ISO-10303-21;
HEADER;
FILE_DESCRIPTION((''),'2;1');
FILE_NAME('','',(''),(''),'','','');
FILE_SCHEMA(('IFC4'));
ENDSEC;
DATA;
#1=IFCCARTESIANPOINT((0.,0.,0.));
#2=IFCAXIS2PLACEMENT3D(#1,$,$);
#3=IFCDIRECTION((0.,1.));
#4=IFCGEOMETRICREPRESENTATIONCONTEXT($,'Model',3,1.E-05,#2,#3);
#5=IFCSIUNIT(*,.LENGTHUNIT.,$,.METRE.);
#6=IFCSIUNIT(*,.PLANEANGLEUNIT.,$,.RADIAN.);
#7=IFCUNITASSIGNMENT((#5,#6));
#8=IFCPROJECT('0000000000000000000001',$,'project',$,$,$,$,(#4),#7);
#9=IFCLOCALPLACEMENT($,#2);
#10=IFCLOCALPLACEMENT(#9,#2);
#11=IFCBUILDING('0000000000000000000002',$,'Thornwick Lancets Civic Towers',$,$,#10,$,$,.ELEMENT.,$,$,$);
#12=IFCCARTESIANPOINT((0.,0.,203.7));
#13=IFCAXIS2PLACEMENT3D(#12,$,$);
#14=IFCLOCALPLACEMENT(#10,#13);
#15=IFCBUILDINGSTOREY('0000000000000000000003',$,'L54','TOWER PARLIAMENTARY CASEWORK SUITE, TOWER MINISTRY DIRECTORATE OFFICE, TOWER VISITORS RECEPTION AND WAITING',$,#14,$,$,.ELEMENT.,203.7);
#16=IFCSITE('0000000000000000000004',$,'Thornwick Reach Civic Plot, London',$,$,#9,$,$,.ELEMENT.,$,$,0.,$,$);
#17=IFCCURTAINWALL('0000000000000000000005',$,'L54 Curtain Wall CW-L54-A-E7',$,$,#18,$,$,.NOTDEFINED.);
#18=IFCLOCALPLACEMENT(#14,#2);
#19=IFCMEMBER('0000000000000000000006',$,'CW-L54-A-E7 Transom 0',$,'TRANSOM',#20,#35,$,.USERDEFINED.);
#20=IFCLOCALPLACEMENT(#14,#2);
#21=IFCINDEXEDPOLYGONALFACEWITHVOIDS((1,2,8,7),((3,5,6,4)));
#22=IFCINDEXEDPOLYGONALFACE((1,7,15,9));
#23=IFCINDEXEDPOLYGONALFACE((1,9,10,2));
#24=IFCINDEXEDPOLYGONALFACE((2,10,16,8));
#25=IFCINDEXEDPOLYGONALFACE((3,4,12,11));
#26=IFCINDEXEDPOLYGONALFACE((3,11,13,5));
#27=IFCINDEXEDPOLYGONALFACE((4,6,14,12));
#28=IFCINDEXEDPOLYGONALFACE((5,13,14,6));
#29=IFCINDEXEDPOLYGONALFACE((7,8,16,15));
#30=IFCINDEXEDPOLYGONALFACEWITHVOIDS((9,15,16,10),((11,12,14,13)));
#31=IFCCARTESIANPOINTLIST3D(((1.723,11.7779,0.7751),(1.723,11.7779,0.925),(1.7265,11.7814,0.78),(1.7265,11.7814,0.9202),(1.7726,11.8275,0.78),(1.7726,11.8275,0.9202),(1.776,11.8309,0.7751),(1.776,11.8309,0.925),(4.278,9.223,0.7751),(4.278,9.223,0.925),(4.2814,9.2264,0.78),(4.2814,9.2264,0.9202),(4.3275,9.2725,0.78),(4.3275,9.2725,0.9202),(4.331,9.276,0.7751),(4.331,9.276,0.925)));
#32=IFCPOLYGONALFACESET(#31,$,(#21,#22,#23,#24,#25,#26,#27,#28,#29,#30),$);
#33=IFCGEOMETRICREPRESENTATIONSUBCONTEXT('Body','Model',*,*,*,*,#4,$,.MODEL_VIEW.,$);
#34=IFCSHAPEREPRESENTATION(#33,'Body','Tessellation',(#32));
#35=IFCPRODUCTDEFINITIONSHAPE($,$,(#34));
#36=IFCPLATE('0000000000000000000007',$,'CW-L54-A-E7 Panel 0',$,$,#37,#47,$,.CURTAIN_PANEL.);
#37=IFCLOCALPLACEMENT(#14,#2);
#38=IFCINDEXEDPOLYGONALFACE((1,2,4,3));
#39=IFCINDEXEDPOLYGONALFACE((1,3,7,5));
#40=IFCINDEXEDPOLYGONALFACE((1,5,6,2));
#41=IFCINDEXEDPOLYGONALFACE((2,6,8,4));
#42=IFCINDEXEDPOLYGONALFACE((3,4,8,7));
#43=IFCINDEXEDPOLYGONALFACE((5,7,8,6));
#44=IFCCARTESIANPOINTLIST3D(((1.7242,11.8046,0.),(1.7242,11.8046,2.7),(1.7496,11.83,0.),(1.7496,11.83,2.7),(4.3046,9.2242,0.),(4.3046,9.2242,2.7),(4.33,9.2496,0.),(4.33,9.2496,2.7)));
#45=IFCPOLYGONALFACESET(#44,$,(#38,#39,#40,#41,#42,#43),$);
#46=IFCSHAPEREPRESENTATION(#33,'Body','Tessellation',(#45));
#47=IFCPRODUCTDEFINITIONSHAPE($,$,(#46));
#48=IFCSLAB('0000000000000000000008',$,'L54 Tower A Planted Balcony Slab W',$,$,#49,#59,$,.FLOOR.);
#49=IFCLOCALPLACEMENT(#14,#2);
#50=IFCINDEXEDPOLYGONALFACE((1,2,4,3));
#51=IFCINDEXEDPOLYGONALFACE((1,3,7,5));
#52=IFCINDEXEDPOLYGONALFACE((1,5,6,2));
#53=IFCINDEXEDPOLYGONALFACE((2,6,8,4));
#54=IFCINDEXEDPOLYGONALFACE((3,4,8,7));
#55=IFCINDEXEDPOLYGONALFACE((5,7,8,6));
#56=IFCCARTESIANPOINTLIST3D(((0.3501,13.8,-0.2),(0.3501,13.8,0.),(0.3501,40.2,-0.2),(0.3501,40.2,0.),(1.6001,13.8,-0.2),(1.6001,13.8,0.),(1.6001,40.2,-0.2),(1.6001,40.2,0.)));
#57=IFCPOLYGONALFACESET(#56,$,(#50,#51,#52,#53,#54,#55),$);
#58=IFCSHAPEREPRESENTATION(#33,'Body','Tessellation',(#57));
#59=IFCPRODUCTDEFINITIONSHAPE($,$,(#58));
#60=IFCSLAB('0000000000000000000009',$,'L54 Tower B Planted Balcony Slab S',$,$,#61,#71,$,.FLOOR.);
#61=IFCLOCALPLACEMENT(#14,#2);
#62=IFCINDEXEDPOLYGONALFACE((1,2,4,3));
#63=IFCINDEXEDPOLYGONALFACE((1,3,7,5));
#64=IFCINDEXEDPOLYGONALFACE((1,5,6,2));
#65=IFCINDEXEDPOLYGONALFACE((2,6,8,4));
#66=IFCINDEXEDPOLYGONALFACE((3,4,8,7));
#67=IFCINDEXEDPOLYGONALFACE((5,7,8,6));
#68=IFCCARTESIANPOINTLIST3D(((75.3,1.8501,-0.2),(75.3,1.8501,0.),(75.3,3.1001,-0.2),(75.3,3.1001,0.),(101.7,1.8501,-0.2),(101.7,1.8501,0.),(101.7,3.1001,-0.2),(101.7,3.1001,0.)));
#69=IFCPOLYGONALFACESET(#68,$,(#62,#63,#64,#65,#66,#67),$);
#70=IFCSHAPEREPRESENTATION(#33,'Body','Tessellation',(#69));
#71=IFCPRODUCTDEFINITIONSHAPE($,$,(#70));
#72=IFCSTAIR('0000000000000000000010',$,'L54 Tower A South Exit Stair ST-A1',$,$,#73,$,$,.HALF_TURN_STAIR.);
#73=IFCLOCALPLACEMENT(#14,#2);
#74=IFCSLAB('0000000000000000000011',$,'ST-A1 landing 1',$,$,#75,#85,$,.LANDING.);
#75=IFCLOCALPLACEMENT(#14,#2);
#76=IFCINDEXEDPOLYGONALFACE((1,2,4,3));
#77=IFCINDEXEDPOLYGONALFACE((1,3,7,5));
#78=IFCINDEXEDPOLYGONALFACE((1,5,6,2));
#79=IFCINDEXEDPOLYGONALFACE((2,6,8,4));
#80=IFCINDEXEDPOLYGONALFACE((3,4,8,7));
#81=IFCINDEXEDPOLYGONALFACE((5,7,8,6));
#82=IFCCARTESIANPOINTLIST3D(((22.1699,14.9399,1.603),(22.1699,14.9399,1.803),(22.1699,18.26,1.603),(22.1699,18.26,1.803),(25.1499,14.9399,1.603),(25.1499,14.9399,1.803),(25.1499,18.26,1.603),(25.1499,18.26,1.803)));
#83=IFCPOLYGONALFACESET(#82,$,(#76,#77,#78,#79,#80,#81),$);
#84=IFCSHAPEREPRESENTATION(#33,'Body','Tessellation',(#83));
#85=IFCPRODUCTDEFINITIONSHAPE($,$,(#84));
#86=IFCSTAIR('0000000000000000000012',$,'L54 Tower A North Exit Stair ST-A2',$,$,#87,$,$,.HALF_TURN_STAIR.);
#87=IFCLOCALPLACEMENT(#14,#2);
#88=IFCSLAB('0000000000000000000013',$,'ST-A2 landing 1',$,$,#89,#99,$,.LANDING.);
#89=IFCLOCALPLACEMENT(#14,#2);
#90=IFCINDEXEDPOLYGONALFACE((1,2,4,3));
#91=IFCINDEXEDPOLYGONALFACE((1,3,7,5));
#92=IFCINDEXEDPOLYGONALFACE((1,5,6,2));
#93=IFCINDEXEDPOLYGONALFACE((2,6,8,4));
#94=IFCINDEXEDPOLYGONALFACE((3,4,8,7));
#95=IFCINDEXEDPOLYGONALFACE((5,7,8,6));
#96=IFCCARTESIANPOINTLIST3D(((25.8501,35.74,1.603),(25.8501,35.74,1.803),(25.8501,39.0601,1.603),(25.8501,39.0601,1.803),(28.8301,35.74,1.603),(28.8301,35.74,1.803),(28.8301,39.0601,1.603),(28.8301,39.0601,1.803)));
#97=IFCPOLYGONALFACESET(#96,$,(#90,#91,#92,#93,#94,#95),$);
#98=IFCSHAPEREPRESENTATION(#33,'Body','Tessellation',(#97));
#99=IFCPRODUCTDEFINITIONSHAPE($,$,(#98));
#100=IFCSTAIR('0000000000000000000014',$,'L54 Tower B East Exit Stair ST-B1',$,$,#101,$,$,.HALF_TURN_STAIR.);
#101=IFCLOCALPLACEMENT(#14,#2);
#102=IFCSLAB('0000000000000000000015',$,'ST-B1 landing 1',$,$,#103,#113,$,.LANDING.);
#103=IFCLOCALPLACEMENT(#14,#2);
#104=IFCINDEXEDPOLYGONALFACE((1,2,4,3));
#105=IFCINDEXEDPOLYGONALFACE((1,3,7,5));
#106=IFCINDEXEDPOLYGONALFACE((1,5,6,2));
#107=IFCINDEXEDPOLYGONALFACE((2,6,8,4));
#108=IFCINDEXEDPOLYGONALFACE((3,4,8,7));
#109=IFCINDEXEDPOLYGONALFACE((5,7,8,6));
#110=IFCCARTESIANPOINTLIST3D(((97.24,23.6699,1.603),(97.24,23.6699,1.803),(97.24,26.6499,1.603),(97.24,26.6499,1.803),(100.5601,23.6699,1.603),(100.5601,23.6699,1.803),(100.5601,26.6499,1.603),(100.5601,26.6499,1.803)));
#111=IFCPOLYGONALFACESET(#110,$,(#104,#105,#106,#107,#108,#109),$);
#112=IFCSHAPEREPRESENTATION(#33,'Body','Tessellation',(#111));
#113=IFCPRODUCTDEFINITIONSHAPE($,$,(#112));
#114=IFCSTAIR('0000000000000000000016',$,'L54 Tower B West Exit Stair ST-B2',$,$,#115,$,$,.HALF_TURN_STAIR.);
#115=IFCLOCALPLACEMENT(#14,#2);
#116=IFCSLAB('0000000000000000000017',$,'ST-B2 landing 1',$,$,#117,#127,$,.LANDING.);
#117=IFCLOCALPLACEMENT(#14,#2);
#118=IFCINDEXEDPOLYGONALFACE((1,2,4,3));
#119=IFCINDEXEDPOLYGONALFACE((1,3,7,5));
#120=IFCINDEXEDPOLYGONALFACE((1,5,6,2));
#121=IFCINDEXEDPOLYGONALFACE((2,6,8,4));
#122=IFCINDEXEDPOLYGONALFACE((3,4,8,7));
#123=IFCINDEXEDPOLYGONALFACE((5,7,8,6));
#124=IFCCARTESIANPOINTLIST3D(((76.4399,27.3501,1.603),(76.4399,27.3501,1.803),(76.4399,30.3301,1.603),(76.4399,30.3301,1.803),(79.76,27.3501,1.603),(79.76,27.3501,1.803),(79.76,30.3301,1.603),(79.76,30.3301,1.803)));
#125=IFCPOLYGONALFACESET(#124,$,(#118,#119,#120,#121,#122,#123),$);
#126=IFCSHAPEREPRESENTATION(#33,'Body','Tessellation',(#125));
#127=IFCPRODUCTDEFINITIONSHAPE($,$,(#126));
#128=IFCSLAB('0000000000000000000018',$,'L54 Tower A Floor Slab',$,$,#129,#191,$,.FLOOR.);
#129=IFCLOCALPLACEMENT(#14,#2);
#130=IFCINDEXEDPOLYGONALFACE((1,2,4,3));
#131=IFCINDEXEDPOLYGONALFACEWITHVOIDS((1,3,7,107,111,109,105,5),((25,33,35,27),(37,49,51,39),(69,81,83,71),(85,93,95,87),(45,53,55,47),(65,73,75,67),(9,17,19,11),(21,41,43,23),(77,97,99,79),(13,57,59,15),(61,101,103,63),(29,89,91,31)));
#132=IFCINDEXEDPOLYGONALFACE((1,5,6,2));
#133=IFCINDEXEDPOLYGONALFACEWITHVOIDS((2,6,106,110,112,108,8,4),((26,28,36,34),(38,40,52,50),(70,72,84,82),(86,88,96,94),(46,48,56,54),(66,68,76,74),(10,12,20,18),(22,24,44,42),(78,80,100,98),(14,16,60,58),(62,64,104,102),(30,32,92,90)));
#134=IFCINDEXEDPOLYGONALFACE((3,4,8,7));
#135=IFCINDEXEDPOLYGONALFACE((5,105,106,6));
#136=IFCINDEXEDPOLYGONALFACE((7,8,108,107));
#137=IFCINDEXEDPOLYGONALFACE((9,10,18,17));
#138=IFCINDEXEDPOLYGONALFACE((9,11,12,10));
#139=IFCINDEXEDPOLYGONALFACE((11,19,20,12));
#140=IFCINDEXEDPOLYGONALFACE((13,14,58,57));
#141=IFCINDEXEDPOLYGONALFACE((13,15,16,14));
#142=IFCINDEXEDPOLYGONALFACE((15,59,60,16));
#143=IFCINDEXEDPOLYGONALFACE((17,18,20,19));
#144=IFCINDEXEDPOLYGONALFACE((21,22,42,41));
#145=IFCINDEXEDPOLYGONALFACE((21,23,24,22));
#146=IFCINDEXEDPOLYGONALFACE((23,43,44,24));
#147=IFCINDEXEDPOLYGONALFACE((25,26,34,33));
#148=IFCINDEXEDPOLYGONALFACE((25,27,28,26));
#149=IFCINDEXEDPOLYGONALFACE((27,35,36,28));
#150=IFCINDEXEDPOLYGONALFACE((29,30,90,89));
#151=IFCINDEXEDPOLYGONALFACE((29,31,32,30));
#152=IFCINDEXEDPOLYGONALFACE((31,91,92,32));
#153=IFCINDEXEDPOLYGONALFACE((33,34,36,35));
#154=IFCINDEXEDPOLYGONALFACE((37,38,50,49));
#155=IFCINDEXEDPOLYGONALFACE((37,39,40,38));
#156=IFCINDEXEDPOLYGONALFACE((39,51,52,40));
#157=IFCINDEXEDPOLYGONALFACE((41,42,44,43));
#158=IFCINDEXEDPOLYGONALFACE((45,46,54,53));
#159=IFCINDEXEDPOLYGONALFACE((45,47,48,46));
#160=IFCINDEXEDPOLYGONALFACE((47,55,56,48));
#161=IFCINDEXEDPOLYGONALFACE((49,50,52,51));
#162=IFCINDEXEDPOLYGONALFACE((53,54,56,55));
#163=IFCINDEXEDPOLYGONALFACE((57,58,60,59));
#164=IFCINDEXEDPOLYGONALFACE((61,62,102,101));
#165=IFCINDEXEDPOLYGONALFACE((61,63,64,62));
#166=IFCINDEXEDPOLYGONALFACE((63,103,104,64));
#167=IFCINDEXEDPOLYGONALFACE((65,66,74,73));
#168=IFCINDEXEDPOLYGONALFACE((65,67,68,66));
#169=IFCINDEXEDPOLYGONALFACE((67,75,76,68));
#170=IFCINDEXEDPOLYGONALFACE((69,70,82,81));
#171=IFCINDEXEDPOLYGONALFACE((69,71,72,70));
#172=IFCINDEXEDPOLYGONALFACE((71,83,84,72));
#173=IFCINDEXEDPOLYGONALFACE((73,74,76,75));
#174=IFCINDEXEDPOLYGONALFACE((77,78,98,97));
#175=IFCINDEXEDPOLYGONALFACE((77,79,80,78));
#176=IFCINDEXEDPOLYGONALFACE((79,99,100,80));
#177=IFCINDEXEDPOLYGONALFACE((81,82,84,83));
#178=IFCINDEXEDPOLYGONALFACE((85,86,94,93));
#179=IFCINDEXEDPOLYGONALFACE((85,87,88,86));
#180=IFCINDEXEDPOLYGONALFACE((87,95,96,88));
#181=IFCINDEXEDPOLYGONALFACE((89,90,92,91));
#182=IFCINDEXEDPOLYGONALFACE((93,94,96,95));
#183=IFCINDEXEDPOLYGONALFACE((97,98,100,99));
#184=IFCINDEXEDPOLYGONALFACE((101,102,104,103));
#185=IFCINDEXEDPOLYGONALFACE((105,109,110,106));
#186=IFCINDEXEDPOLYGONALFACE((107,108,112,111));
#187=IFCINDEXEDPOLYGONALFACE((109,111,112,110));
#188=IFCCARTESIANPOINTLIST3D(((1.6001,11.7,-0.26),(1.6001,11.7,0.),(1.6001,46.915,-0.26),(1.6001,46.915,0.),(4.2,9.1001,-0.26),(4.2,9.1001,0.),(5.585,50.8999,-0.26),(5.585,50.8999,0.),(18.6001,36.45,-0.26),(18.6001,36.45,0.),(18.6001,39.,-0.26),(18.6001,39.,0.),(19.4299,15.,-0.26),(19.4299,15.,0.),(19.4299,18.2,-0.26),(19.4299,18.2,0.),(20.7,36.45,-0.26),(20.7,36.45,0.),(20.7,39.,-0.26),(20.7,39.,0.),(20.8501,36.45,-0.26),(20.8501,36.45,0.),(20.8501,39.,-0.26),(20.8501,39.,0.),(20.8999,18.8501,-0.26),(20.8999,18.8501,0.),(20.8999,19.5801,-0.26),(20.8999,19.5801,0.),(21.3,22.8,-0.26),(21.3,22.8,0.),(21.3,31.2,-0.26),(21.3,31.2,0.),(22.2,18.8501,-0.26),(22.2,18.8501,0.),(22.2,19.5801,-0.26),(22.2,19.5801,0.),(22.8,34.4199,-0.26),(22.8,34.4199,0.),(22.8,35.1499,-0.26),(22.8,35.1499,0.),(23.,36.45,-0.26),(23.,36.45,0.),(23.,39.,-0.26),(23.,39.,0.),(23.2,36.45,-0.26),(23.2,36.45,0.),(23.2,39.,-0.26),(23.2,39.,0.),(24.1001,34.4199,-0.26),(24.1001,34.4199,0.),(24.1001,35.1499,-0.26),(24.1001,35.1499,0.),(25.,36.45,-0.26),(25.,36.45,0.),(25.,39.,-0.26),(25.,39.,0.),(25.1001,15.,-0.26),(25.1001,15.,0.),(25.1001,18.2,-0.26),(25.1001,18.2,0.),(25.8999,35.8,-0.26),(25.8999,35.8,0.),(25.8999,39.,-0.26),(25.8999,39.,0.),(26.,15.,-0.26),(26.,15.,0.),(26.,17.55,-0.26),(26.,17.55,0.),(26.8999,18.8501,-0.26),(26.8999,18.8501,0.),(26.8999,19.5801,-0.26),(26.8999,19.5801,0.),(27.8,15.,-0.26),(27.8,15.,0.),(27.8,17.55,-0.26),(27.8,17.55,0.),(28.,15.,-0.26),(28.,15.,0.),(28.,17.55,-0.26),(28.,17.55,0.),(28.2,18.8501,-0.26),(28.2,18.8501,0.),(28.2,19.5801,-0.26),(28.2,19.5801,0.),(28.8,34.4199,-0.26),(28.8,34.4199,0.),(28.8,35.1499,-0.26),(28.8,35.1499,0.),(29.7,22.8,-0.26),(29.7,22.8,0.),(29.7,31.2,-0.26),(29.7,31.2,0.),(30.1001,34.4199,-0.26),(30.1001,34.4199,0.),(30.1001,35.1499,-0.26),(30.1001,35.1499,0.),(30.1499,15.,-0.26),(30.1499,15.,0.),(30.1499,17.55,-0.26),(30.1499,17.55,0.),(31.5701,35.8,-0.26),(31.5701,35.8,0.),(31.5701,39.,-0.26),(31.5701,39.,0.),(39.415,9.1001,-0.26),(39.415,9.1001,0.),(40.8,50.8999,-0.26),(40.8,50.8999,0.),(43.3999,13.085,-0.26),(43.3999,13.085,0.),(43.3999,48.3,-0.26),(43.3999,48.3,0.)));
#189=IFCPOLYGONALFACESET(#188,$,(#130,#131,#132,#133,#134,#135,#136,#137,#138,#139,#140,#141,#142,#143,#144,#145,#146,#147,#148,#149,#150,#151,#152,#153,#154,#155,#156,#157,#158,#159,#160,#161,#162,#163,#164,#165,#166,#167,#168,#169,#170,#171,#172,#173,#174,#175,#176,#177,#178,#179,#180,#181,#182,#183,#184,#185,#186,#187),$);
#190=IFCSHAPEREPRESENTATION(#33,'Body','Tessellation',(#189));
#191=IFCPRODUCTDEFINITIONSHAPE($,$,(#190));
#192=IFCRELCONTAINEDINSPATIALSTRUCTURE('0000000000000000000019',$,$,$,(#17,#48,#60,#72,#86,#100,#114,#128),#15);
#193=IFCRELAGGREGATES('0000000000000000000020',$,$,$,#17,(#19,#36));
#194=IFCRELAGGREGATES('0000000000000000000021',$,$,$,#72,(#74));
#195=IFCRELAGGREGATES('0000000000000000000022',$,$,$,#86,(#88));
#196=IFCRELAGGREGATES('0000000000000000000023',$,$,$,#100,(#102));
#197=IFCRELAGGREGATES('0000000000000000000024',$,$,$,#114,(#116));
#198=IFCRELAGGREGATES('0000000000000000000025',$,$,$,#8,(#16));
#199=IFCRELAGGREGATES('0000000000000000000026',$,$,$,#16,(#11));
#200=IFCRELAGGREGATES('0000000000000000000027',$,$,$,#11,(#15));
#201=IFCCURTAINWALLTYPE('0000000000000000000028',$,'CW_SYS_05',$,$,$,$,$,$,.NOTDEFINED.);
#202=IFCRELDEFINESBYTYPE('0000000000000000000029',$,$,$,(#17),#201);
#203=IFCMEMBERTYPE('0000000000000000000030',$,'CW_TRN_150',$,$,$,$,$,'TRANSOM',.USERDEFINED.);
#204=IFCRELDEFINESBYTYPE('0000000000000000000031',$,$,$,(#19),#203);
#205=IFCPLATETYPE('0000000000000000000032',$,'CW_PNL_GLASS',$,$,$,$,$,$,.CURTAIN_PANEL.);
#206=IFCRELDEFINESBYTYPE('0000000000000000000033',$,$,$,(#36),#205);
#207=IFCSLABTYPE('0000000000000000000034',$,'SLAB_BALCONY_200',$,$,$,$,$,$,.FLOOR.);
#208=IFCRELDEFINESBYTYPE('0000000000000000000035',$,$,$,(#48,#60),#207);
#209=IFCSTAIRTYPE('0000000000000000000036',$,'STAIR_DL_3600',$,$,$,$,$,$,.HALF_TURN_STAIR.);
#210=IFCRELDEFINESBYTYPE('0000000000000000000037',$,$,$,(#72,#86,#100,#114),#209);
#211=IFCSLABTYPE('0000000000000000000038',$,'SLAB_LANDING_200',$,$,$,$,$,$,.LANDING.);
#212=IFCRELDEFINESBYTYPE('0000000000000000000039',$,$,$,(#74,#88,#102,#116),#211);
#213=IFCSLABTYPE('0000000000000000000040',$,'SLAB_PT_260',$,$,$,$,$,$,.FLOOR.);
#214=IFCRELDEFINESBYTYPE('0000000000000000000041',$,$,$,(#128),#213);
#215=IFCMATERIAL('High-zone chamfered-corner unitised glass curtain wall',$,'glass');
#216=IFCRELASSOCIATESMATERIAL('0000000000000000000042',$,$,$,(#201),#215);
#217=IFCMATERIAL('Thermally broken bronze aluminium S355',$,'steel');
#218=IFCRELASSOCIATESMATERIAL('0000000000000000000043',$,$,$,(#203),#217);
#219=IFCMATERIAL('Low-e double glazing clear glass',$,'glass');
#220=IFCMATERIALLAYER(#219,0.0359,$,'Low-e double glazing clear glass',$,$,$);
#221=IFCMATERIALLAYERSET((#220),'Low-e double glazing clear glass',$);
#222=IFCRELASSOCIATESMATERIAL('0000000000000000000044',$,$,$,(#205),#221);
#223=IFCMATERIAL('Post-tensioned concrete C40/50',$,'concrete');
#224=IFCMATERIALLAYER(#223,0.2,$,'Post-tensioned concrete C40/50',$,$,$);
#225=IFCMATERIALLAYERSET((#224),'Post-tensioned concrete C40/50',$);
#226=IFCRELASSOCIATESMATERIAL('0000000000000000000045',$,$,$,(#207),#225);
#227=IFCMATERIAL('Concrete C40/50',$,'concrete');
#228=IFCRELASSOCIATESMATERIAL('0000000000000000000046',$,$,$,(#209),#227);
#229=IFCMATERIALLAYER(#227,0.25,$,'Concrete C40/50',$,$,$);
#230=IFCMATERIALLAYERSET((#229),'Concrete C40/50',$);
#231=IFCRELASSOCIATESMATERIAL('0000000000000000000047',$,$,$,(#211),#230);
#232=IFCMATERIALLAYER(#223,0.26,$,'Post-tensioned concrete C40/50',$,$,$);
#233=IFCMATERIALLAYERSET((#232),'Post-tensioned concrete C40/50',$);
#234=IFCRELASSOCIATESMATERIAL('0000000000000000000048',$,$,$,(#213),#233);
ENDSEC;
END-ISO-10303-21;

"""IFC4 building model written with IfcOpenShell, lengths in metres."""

from ifc_helpers import new_model, si_unit, direction, frame, origin, origin_2d, place, context, subcontext, project, spatial, polyline, rectangle, hollow_rectangle, outline, extrude, material, layer, layer_set, material_profile, profile_set, type_object, element, aggregate, save


model = new_model("IFC4")

# Units and contexts
model_context = context("Model", 3, precision=1e-05, world=origin(), true_north=direction((0.0, 1.0)))
body_context = subcontext(model_context, "Body", "Model", "MODEL_VIEW")
ifc_project = project(units=[si_unit("LENGTHUNIT", "METRE"), si_unit("PLANEANGLEUNIT", "RADIAN")], contexts=[model_context])

# Site, building, storey
site_placement = place(None, origin())
site = spatial("IfcSite", under=ifc_project, at=site_placement, Name="Thornwick Reach Civic Plot, London", CompositionType="ELEMENT", RefElevation=0.0)
building_placement = place(site_placement, origin())
building = spatial("IfcBuilding", under=site, at=building_placement, Name="Thornwick Lancets Civic Towers", CompositionType="ELEMENT")
storey_placement = place(building_placement, frame((0.0, 0.0, 203.7)))
storey = spatial("IfcBuildingStorey", under=building, at=storey_placement, Name="L54", Description="TOWER PARLIAMENTARY CASEWORK SUITE, TOWER MINISTRY DIRECTORATE OFFICE, TOWER VISITORS RECEPTION AND WAITING", CompositionType="ELEMENT", Elevation=203.7)

# Curtain wall, member, plate
ifc_material_1 = material(Name="High-zone chamfered-corner unitised glass curtain wall", Category="glass")
curtain_wall_type = type_object("IfcCurtainWallType", Name="CW_SYS_05", PredefinedType="NOTDEFINED", material=ifc_material_1)
curtain_wall_placement = place(storey_placement, origin())
curtain_wall = element("IfcCurtainWall", 1, at=curtain_wall_placement, inside=storey, type_object=curtain_wall_type, Name="L54 Curtain Wall CW-L54-A-E7", PredefinedType="NOTDEFINED")
ifc_material_2 = material(Name="Thermally broken bronze aluminium S355", Category="steel")
ifc_material_profile_1 = material_profile(ifc_material_2, hollow_rectangle(XDim=0.075, YDim=0.1499, WallThickness=0.0049, at=origin_2d()), Name="RHS 150x75x5")
ifc_profile_set_1 = profile_set([ifc_material_profile_1], Name="Thermally broken bronze aluminium S355")
member_type_1 = type_object("IfcMemberType", Name="CW_TRN_150", ElementType="TRANSOM", PredefinedType="USERDEFINED", material=ifc_profile_set_1)
member_1_placement = place(storey_placement, frame((1.7495, 11.8044, 0.8501), z_axis=(0.707107, -0.707107, 0.0), x_axis=(0.707107, 0.707107, 0.0)))
member_1 = element("IfcMember", 2, at=member_1_placement, type_object=member_type_1, Name="CW-L54-A-E7 Transom 0", ObjectType="TRANSOM", PredefinedType="USERDEFINED", context=body_context, shape_type="SweptSolid", body=[
    extrude(hollow_rectangle(XDim=0.075, YDim=0.1499, WallThickness=0.0049, at=origin_2d()), origin(), (0.0, 0.0, 1.0), 3.6133),
])
ifc_material_3 = material(Name="Low-e double glazing clear glass", Category="glass")
ifc_layer_1 = layer(ifc_material_3, 0.0359, Name="Low-e double glazing clear glass")
ifc_layer_set_1 = layer_set([ifc_layer_1], Name="Low-e double glazing clear glass")
plate_type = type_object("IfcPlateType", Name="CW_PNL_GLASS", PredefinedType="CURTAIN_PANEL", material=ifc_layer_set_1)
plate_placement = place(storey_placement, frame((3.0271, 10.5271, 0.0), z_axis=(0.0, 0.0, 1.0), x_axis=(0.707107, -0.707107, 0.0)))
plate = element("IfcPlate", 3, at=plate_placement, type_object=plate_type, Name="CW-L54-A-E7 Panel 0", PredefinedType="CURTAIN_PANEL", context=body_context, shape_type="SweptSolid", body=[
    extrude(rectangle(XDim=3.6492, YDim=0.0359, at=origin_2d()), origin(), (0.0, 0.0, 1.0), 2.7),
])
aggregate(curtain_wall, [member_1, plate])

# Slabs
ifc_material_4 = material(Name="Post-tensioned concrete C40/50", Category="concrete")
ifc_layer_2 = layer(ifc_material_4, 0.2, Name="Post-tensioned concrete C40/50")
ifc_layer_set_2 = layer_set([ifc_layer_2], Name="Post-tensioned concrete C40/50")
slab_type_1 = type_object("IfcSlabType", Name="SLAB_BALCONY_200", PredefinedType="FLOOR", material=ifc_layer_set_2)
slab_1_placement = place(storey_placement, frame((0.0, 0.0, -0.2)))
element("IfcSlab", 4, at=slab_1_placement, inside=storey, type_object=slab_type_1, Name="L54 Tower A Planted Balcony Slab W", PredefinedType="FLOOR", context=body_context, shape_type="SweptSolid", body=[
    extrude(outline(polyline([(0.3501, 13.8), (1.6001, 13.8), (1.6001, 40.2), (0.3501, 40.2), (0.3501, 13.8)])), origin(), (0.0, 0.0, 1.0), 0.2),
])
slab_2_placement = place(storey_placement, frame((0.0, 0.0, -0.2)))
element("IfcSlab", 5, at=slab_2_placement, inside=storey, type_object=slab_type_1, Name="L54 Tower B Planted Balcony Slab S", PredefinedType="FLOOR", context=body_context, shape_type="SweptSolid", body=[
    extrude(outline(polyline([(75.3, 1.8501), (101.7, 1.8501), (101.7, 3.1001), (75.3, 3.1001), (75.3, 1.8501)])), origin(), (0.0, 0.0, 1.0), 0.2),
])

# Stairs, slabs
ifc_material_5 = material(Name="Concrete C40/50", Category="concrete")
stair_type = type_object("IfcStairType", Name="STAIR_DL_3600", PredefinedType="HALF_TURN_STAIR", material=ifc_material_5)
stair_1_placement = place(storey_placement, origin())
stair_1 = element("IfcStair", 6, at=stair_1_placement, inside=storey, type_object=stair_type, Name="L54 Tower A South Exit Stair ST-A1", PredefinedType="HALF_TURN_STAIR")
ifc_layer_3 = layer(ifc_material_5, 0.25, Name="Concrete C40/50")
ifc_layer_set_3 = layer_set([ifc_layer_3], Name="Concrete C40/50")
slab_type_2 = type_object("IfcSlabType", Name="SLAB_LANDING_200", PredefinedType="LANDING", material=ifc_layer_set_3)
slab_3_placement = place(storey_placement, frame((0.0, 0.0, 1.603)))
slab_3 = element("IfcSlab", 7, at=slab_3_placement, type_object=slab_type_2, Name="ST-A1 landing 1", PredefinedType="LANDING", context=body_context, shape_type="SweptSolid", body=[
    extrude(outline(polyline([(22.1699, 14.9399), (25.1499, 14.9399), (25.1499, 18.26), (22.1699, 18.26), (22.1699, 14.9399)])), origin(), (0.0, 0.0, 1.0), 0.2),
])
aggregate(stair_1, [slab_3])
stair_2_placement = place(storey_placement, origin())
stair_2 = element("IfcStair", 8, at=stair_2_placement, inside=storey, type_object=stair_type, Name="L54 Tower A North Exit Stair ST-A2", PredefinedType="HALF_TURN_STAIR")
slab_4_placement = place(storey_placement, frame((0.0, 0.0, 1.603)))
slab_4 = element("IfcSlab", 9, at=slab_4_placement, type_object=slab_type_2, Name="ST-A2 landing 1", PredefinedType="LANDING", context=body_context, shape_type="SweptSolid", body=[
    extrude(outline(polyline([(28.8301, 39.0601), (25.8501, 39.0601), (25.8501, 35.74), (28.8301, 35.74), (28.8301, 39.0601)])), origin(), (0.0, 0.0, 1.0), 0.2),
])
aggregate(stair_2, [slab_4])
stair_3_placement = place(storey_placement, origin())
stair_3 = element("IfcStair", 10, at=stair_3_placement, inside=storey, type_object=stair_type, Name="L54 Tower B East Exit Stair ST-B1", PredefinedType="HALF_TURN_STAIR")
slab_5_placement = place(storey_placement, frame((0.0, 0.0, 1.603)))
slab_5 = element("IfcSlab", 11, at=slab_5_placement, type_object=slab_type_2, Name="ST-B1 landing 1", PredefinedType="LANDING", context=body_context, shape_type="SweptSolid", body=[
    extrude(outline(polyline([(100.5601, 23.6699), (100.5601, 26.6499), (97.24, 26.6499), (97.24, 23.6699), (100.5601, 23.6699)])), origin(), (0.0, 0.0, 1.0), 0.2),
])
aggregate(stair_3, [slab_5])
stair_4_placement = place(storey_placement, origin())
stair_4 = element("IfcStair", 12, at=stair_4_placement, inside=storey, type_object=stair_type, Name="L54 Tower B West Exit Stair ST-B2", PredefinedType="HALF_TURN_STAIR")
slab_6_placement = place(storey_placement, frame((0.0, 0.0, 1.603)))
slab_6 = element("IfcSlab", 13, at=slab_6_placement, type_object=slab_type_2, Name="ST-B2 landing 1", PredefinedType="LANDING", context=body_context, shape_type="SweptSolid", body=[
    extrude(outline(polyline([(76.4399, 30.3301), (76.4399, 27.3501), (79.76, 27.3501), (79.76, 30.3301), (76.4399, 30.3301)])), origin(), (0.0, 0.0, 1.0), 0.2),
])
aggregate(stair_4, [slab_6])

# Slab
ifc_layer_4 = layer(ifc_material_4, 0.26, Name="Post-tensioned concrete C40/50")
ifc_layer_set_4 = layer_set([ifc_layer_4], Name="Post-tensioned concrete C40/50")
slab_type_3 = type_object("IfcSlabType", Name="SLAB_PT_260", PredefinedType="FLOOR", material=ifc_layer_set_4)
slab_7_placement = place(storey_placement, frame((0.0, 0.0, -0.26)))
element("IfcSlab", 14, at=slab_7_placement, inside=storey, type_object=slab_type_3, Name="L54 Tower A Floor Slab", PredefinedType="FLOOR", context=body_context, shape_type="SweptSolid", body=[
    extrude(outline(polyline([(4.2, 9.1001), (39.415, 9.1001), (43.3999, 13.085), (43.3999, 48.3), (40.8, 50.8999), (5.585, 50.8999), (1.6001, 46.915), (1.6001, 11.7), (4.2, 9.1001)]), holes=[polyline([(21.3, 22.8), (29.7, 22.8), (29.7, 31.2), (21.3, 31.2), (21.3, 22.8)]), polyline([(19.4299, 15.0), (25.1001, 15.0), (25.1001, 18.2), (19.4299, 18.2), (19.4299, 15.0)]), polyline([(31.5701, 39.0), (25.8999, 39.0), (25.8999, 35.8), (31.5701, 35.8), (31.5701, 39.0)]), polyline([(26.0, 15.0), (27.8, 15.0), (27.8, 17.55), (26.0, 17.55), (26.0, 15.0)]), polyline([(28.0, 15.0), (30.1499, 15.0), (30.1499, 17.55), (28.0, 17.55), (28.0, 15.0)]), polyline([(23.2, 36.45), (25.0, 36.45), (25.0, 39.0), (23.2, 39.0), (23.2, 36.45)]), polyline([(20.8501, 36.45), (23.0, 36.45), (23.0, 39.0), (20.8501, 39.0), (20.8501, 36.45)]), polyline([(18.6001, 36.45), (20.7, 36.45), (20.7, 39.0), (18.6001, 39.0), (18.6001, 36.45)]), polyline([(26.8999, 18.8501), (28.2, 18.8501), (28.2, 19.5801), (26.8999, 19.5801), (26.8999, 18.8501)]), polyline([(20.8999, 18.8501), (22.2, 18.8501), (22.2, 19.5801), (20.8999, 19.5801), (20.8999, 18.8501)]), polyline([(22.8, 34.4199), (24.1001, 34.4199), (24.1001, 35.1499), (22.8, 35.1499), (22.8, 34.4199)]), polyline([(28.8, 34.4199), (30.1001, 34.4199), (30.1001, 35.1499), (28.8, 35.1499), (28.8, 34.4199)])]), origin(), (0.0, 0.0, 1.0), 0.26),
])

save(model, "model.ifc")
